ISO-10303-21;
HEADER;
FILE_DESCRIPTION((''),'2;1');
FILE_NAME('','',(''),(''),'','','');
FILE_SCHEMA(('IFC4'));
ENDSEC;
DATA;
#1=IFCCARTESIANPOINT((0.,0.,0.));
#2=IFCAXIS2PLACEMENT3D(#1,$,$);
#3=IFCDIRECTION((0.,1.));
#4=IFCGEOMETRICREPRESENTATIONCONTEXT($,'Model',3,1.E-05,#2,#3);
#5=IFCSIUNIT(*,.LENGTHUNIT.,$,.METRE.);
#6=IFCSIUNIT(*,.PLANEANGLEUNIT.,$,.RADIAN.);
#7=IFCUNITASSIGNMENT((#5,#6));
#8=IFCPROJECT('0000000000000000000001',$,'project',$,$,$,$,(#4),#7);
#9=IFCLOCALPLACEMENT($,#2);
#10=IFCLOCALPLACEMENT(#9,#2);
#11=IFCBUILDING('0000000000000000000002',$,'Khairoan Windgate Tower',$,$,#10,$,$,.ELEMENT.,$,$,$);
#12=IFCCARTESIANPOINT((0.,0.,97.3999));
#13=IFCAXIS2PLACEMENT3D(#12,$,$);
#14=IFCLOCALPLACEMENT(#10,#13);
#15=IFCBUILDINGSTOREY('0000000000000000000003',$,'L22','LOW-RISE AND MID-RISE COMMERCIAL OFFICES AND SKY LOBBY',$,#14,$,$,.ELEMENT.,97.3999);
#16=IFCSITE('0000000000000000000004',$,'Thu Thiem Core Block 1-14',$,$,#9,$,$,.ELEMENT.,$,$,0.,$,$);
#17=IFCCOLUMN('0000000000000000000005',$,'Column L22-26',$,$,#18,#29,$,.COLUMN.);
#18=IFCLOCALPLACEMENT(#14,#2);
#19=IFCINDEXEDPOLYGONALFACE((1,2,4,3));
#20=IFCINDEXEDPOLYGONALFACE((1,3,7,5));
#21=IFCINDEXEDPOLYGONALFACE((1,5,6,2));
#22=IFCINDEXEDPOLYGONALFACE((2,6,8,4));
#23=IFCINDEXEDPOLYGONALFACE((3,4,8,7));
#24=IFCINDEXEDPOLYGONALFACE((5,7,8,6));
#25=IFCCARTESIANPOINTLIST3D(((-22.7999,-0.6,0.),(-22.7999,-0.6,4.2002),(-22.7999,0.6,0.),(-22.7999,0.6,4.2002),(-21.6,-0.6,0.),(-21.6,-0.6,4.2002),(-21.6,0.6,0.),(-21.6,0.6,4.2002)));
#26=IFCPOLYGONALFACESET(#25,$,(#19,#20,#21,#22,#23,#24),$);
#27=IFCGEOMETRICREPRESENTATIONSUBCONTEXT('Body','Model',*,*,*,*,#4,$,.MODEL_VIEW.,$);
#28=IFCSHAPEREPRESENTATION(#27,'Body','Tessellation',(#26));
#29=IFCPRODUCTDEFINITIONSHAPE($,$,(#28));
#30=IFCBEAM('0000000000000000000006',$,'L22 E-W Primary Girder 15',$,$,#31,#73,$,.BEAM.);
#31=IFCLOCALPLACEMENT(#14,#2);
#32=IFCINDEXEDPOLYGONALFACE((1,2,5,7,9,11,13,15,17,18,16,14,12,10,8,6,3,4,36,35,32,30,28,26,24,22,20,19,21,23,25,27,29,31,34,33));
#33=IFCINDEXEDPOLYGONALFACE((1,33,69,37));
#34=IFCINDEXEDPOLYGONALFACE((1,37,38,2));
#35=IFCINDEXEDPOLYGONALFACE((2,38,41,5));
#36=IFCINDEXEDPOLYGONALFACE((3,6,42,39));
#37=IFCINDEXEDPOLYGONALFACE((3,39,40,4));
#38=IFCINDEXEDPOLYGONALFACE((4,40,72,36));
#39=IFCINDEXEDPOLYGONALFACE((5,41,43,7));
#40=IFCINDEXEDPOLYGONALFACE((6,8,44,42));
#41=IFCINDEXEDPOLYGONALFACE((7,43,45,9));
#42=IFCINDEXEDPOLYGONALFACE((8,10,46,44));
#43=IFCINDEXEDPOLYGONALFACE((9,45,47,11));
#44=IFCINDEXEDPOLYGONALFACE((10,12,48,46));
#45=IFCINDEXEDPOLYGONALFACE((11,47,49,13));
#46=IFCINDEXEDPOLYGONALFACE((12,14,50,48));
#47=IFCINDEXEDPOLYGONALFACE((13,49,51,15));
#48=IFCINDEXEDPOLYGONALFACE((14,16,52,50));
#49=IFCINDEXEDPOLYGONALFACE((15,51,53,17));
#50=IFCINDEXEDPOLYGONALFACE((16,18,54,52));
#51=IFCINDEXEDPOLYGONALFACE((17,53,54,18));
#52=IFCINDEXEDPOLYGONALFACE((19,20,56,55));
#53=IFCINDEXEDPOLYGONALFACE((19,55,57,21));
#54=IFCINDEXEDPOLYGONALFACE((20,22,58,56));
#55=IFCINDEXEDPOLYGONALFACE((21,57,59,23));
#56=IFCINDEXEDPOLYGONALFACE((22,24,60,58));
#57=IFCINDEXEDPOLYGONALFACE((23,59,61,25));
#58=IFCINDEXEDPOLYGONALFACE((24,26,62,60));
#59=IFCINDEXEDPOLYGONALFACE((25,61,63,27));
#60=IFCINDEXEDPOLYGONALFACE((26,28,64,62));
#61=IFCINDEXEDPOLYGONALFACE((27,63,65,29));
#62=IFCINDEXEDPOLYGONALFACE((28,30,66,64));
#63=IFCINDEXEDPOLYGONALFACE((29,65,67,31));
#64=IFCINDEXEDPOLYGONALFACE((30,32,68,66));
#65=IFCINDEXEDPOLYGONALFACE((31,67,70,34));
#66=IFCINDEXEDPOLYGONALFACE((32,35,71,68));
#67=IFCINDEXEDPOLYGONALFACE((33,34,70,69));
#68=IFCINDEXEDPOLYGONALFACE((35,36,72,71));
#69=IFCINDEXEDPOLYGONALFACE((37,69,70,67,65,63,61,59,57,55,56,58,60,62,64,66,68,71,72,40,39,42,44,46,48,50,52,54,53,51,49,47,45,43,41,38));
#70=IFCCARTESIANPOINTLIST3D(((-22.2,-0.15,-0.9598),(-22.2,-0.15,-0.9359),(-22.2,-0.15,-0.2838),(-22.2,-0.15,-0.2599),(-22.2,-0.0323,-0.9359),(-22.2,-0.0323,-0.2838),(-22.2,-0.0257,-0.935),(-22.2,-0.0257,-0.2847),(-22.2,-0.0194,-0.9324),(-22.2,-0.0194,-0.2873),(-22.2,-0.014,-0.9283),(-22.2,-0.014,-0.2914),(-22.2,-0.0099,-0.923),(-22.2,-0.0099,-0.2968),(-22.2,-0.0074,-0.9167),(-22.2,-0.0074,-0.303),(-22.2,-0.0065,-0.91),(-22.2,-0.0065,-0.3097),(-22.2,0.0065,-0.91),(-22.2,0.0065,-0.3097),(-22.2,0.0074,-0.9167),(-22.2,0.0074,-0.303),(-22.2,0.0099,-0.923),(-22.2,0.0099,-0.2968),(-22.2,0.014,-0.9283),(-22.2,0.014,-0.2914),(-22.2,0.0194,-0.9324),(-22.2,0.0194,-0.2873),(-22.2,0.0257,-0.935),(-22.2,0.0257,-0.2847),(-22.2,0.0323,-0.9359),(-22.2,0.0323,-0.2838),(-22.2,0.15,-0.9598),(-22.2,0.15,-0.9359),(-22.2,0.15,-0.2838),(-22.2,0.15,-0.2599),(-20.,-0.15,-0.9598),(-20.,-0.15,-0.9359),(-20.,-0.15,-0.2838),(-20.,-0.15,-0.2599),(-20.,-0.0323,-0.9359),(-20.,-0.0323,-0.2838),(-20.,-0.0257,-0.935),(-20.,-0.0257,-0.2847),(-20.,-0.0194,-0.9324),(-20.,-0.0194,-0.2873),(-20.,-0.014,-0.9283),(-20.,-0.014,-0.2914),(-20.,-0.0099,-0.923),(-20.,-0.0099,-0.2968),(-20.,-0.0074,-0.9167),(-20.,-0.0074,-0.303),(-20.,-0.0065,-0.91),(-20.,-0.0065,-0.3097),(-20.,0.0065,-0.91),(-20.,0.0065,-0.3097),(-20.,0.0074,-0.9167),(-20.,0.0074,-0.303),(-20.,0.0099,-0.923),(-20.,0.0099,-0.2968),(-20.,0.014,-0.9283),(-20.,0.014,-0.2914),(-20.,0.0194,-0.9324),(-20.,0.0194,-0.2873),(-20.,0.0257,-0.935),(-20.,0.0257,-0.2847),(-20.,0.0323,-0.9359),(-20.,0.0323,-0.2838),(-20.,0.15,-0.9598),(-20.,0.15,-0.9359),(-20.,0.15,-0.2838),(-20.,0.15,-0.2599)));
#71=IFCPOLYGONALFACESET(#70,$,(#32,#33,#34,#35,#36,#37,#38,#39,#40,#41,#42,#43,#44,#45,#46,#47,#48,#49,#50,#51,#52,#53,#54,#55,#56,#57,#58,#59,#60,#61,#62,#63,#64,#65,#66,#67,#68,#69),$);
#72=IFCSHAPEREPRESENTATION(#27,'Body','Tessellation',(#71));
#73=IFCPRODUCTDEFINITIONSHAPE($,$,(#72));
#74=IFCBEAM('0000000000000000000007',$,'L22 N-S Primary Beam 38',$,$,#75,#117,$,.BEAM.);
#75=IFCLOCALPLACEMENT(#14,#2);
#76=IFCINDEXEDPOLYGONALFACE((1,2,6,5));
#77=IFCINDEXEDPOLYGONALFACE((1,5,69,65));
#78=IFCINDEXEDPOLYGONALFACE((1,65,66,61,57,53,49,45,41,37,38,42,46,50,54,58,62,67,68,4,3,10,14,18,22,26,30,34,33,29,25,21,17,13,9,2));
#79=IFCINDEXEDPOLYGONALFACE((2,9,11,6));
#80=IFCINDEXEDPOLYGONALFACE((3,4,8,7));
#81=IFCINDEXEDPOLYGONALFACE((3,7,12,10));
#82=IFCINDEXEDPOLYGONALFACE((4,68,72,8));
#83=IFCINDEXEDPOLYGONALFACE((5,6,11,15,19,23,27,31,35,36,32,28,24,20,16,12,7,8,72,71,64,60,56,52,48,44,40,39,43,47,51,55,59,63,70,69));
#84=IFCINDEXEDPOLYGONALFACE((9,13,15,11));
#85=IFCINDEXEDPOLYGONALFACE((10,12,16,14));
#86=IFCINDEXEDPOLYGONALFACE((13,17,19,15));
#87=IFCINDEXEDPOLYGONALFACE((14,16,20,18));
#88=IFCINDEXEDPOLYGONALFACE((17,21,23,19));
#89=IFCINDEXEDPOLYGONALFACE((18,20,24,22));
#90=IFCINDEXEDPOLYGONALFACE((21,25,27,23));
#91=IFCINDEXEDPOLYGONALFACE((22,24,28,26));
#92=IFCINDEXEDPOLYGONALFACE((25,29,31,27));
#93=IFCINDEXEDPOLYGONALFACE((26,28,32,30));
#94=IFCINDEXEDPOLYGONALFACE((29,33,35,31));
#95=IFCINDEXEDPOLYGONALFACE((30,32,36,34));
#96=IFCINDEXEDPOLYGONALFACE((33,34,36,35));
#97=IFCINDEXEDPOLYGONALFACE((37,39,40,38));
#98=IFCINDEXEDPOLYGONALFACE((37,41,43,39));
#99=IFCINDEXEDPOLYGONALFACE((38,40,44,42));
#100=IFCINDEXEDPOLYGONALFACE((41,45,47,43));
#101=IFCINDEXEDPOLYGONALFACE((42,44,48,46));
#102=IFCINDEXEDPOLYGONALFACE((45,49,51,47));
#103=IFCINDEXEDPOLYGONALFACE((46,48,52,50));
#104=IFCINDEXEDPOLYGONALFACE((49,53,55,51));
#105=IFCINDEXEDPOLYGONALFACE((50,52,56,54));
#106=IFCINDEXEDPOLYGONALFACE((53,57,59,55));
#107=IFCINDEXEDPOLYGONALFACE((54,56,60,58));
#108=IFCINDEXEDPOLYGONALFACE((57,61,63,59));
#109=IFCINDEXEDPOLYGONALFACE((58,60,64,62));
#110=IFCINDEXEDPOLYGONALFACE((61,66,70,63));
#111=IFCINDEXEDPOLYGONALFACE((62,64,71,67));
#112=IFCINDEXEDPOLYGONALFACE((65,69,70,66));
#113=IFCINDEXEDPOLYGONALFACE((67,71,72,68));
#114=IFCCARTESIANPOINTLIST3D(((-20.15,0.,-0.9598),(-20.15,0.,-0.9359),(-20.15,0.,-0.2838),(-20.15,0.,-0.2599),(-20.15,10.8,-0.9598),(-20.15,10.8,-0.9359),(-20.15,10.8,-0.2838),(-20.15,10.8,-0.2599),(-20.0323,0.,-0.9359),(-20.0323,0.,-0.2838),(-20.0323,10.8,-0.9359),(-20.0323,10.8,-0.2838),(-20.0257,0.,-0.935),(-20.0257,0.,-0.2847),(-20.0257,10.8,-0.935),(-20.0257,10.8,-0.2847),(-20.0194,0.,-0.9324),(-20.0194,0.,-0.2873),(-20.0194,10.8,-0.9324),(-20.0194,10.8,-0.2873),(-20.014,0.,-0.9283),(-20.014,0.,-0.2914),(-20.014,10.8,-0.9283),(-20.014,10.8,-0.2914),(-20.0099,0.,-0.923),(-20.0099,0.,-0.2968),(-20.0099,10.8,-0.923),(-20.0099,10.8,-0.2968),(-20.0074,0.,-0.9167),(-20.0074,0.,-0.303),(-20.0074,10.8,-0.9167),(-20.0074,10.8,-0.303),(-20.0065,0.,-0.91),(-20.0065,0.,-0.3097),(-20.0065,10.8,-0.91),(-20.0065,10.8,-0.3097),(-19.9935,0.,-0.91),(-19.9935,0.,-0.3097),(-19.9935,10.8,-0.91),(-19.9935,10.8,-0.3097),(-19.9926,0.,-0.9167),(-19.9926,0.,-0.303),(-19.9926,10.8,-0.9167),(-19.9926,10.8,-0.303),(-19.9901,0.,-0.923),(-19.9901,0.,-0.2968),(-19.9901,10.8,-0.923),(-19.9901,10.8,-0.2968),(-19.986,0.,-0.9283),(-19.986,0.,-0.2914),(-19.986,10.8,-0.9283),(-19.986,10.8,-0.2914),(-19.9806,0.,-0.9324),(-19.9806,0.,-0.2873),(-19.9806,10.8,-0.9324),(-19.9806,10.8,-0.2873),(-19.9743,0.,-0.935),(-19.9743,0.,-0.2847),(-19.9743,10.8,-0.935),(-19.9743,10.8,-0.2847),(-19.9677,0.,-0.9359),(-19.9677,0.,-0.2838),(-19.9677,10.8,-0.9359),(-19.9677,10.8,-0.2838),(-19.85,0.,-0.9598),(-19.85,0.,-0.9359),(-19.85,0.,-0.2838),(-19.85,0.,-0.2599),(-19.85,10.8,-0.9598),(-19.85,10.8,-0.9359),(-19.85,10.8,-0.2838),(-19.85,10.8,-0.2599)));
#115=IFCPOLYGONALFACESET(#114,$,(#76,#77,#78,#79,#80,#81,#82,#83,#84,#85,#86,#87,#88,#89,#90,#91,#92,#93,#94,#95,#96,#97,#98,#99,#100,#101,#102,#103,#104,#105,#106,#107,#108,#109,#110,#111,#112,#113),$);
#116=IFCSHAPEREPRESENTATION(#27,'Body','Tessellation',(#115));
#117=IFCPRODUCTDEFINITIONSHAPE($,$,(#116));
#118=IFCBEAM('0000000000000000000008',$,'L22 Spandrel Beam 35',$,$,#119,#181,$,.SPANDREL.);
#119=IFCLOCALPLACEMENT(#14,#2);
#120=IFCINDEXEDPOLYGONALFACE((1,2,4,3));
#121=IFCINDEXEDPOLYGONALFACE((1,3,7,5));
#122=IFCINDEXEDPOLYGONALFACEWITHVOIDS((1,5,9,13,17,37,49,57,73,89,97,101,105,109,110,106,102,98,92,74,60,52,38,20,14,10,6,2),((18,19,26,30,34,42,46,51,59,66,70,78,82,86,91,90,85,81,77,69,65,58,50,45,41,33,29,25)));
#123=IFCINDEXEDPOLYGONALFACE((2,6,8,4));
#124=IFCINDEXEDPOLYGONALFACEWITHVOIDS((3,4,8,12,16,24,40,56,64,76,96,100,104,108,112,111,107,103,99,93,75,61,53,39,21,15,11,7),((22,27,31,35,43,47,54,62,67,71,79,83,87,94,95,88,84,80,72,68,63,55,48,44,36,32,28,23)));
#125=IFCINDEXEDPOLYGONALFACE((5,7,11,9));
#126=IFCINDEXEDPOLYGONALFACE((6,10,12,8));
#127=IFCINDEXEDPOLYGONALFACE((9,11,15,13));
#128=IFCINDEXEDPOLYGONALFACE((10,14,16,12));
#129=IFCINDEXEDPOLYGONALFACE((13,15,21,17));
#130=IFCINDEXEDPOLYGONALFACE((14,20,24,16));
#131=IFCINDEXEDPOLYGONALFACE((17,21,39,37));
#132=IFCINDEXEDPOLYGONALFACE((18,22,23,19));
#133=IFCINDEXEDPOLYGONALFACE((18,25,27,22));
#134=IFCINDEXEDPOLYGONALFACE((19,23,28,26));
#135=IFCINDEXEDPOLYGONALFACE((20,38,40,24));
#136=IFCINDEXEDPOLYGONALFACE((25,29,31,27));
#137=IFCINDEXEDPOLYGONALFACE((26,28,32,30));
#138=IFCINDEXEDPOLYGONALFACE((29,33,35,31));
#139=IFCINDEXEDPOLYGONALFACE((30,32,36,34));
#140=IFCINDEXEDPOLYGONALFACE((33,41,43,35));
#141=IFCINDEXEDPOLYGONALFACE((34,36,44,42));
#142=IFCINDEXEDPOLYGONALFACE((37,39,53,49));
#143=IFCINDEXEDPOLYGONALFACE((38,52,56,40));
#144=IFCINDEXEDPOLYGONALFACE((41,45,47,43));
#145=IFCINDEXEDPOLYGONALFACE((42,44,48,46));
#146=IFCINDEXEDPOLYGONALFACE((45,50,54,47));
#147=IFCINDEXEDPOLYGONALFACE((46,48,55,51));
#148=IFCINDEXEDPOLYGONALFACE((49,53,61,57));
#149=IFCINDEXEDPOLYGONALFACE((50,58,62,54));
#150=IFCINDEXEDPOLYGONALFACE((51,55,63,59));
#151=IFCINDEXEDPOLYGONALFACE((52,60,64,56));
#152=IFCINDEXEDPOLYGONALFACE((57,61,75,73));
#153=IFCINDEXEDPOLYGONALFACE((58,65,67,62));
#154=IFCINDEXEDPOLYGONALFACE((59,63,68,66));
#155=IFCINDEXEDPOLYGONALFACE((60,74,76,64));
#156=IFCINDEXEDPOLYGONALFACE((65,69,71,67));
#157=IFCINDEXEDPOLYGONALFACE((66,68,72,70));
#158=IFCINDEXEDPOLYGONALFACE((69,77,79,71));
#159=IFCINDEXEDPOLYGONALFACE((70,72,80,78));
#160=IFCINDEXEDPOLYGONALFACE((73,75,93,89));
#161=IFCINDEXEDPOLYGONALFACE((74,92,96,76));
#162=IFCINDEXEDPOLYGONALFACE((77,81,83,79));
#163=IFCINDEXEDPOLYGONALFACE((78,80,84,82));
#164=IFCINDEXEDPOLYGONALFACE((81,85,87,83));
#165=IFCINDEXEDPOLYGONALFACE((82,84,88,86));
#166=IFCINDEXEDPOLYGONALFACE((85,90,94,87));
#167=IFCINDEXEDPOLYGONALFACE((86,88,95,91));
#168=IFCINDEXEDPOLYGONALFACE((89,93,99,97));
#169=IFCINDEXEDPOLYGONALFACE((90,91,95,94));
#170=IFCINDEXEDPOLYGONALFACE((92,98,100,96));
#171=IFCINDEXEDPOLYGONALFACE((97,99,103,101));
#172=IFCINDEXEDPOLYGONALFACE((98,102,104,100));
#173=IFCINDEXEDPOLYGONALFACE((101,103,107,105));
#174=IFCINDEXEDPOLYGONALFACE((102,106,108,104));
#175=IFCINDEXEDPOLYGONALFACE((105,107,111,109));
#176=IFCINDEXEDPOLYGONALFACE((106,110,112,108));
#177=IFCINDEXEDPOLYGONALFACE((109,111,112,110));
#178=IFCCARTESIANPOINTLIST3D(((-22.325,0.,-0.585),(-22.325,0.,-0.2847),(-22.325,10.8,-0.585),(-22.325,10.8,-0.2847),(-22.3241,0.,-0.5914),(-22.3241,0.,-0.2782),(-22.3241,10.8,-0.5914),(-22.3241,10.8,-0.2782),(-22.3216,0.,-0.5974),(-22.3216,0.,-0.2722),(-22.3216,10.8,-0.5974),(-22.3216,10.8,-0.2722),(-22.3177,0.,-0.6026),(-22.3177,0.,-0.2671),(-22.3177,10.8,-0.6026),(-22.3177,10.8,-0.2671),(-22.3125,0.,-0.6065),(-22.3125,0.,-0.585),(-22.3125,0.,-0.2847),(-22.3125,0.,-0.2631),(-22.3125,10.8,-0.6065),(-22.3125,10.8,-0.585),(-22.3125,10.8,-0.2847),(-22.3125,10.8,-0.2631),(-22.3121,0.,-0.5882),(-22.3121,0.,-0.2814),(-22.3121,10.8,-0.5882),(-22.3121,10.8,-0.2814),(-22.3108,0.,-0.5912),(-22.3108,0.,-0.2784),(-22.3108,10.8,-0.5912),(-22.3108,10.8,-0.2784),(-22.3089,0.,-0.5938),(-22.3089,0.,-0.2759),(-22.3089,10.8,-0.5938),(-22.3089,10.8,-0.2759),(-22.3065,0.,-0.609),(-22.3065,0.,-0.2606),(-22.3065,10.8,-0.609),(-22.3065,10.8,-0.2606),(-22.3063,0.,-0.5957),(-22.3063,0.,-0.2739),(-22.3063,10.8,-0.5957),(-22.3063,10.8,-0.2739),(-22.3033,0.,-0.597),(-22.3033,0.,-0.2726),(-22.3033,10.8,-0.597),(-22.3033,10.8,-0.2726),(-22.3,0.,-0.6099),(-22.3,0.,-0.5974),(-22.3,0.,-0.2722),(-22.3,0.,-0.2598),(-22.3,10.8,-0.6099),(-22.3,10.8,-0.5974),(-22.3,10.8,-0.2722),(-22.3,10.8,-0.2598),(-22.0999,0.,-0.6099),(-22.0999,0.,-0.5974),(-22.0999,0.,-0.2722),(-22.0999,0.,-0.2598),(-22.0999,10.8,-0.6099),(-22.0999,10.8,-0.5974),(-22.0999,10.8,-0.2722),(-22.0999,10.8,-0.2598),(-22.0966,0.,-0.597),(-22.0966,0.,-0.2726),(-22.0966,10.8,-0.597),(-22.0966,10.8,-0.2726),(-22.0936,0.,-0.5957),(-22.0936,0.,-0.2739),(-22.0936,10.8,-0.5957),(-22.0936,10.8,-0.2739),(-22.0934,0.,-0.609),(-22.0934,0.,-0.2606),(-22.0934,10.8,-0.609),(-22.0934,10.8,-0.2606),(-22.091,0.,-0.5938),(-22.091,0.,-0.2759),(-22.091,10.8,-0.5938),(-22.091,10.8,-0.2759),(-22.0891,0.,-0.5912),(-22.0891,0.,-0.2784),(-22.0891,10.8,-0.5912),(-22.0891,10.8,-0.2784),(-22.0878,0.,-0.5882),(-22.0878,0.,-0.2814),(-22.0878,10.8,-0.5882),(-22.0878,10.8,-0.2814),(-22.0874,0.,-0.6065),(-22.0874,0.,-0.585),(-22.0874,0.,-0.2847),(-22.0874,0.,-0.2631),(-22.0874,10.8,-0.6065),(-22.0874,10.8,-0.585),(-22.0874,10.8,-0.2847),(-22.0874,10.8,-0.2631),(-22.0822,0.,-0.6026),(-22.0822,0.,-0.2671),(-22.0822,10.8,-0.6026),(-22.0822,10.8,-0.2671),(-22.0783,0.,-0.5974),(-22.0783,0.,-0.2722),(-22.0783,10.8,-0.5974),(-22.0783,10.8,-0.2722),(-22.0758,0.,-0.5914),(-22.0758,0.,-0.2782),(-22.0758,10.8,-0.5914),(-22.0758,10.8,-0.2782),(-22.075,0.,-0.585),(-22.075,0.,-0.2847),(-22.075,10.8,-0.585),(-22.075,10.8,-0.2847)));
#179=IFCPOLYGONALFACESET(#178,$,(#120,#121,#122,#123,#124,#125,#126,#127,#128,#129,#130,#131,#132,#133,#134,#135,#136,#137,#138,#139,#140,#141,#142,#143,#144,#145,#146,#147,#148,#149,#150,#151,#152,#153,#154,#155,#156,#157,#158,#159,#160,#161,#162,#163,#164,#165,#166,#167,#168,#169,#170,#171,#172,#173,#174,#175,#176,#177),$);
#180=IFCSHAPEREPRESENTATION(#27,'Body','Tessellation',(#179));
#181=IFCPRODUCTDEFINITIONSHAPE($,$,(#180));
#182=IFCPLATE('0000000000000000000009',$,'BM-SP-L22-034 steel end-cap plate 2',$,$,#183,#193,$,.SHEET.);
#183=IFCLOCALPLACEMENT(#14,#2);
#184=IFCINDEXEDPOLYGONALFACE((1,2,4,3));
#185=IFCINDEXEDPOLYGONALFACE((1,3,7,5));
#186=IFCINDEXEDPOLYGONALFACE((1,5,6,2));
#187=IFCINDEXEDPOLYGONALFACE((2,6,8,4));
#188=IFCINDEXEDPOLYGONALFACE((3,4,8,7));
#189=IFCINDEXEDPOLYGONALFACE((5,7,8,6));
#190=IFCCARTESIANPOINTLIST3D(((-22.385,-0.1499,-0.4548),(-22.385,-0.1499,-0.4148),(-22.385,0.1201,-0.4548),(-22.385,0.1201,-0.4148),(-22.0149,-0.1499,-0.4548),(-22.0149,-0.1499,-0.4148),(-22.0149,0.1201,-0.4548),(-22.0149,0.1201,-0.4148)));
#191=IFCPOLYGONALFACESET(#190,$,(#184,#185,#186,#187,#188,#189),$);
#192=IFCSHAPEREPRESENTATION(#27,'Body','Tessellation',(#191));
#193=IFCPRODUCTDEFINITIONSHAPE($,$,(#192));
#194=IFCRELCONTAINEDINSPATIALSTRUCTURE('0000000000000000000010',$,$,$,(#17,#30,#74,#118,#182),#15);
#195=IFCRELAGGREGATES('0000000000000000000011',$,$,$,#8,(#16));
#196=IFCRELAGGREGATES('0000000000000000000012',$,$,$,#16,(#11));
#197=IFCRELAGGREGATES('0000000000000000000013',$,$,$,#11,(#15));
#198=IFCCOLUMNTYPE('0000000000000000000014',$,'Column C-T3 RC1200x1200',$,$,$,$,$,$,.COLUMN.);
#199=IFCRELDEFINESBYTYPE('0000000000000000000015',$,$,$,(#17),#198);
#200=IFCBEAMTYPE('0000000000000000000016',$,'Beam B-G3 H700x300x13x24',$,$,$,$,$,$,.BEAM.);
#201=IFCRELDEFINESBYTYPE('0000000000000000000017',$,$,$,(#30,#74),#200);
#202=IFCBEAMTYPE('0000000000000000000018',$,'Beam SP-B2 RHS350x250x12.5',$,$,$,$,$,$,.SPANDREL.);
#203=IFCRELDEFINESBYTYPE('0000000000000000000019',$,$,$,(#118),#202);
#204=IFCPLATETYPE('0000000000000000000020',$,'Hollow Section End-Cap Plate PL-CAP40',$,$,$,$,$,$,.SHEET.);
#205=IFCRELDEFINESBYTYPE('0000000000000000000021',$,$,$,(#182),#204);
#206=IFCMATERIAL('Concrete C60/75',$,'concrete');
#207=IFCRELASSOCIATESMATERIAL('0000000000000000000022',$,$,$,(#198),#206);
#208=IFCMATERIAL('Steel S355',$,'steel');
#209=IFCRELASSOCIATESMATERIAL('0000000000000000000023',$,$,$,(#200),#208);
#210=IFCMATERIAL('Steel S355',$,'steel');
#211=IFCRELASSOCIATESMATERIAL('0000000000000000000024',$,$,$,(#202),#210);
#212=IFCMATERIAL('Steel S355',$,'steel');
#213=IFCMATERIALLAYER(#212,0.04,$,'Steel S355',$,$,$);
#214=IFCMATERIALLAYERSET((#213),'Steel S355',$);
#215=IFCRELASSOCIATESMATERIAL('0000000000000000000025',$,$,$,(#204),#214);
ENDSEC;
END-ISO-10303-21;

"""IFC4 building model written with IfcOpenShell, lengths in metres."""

from ifc_helpers import new_model, si_unit, direction, frame, origin, origin_2d, place, context, subcontext, project, spatial, rectangle, hollow_rectangle, i_section, extrude, material, layer, layer_set, material_profile, profile_set, type_object, element, save


model = new_model("IFC4")

# Units and contexts
model_context = context("Model", 3, precision=1e-05, world=origin(), true_north=direction((0.0, 1.0)))
body_context = subcontext(model_context, "Body", "Model", "MODEL_VIEW")
ifc_project = project(units=[si_unit("LENGTHUNIT", "METRE"), si_unit("PLANEANGLEUNIT", "RADIAN")], contexts=[model_context])

# Site, building, storey
site_placement = place(None, origin())
site = spatial("IfcSite", under=ifc_project, at=site_placement, Name="Thu Thiem Core Block 1-14", CompositionType="ELEMENT", RefElevation=0.0)
building_placement = place(site_placement, origin())
building = spatial("IfcBuilding", under=site, at=building_placement, Name="Khairoan Windgate Tower", CompositionType="ELEMENT")
storey_placement = place(building_placement, frame((0.0, 0.0, 97.3999)))
storey = spatial("IfcBuildingStorey", under=building, at=storey_placement, Name="L22", Description="LOW-RISE AND MID-RISE COMMERCIAL OFFICES AND SKY LOBBY", CompositionType="ELEMENT", Elevation=97.3999)

# Column
ifc_material_1 = material(Name="Concrete C60/75", Category="concrete")
ifc_material_profile_1 = material_profile(ifc_material_1, rectangle(XDim=1.2, YDim=1.2, at=origin_2d()))
ifc_profile_set_1 = profile_set([ifc_material_profile_1], Name="Concrete C60/75")
column_type = type_object("IfcColumnType", Name="Column C-T3 RC1200x1200", PredefinedType="COLUMN", material=ifc_profile_set_1)
column_placement = place(storey_placement, frame((-22.2, 0.0, 0.0), z_axis=(0.0, 0.0, 1.0), x_axis=(1.0, 0.0, 0.0)))
element("IfcColumn", 1, at=column_placement, inside=storey, type_object=column_type, Name="Column L22-26", PredefinedType="COLUMN", context=body_context, shape_type="SweptSolid", body=[
    extrude(rectangle(XDim=1.2, YDim=1.2, at=origin_2d()), origin(), (0.0, 0.0, 1.0), 4.2002),
])

# Beams
ifc_material_2 = material(Name="Steel S355", Category="steel")
ifc_material_profile_2 = material_profile(ifc_material_2, i_section(OverallWidth=0.3, OverallDepth=0.7, WebThickness=0.0129, FlangeThickness=0.0239, FilletRadius=0.0259, at=origin_2d()))
ifc_profile_set_2 = profile_set([ifc_material_profile_2], Name="Steel S355")
beam_type_1 = type_object("IfcBeamType", Name="Beam B-G3 H700x300x13x24", PredefinedType="BEAM", material=ifc_profile_set_2)
beam_1_placement = place(storey_placement, frame((-22.2, 0.0, -0.6099), z_axis=(1.0, 0.0, 0.0), x_axis=(0.0, 1.0, 0.0)))
element("IfcBeam", 2, at=beam_1_placement, inside=storey, type_object=beam_type_1, Name="L22 E-W Primary Girder 15", PredefinedType="BEAM", context=body_context, shape_type="SweptSolid", body=[
    extrude(i_section(OverallWidth=0.3, OverallDepth=0.7, WebThickness=0.0129, FlangeThickness=0.0239, FilletRadius=0.0259, at=origin_2d()), origin(), (0.0, 0.0, 1.0), 2.2),
])
beam_2_placement = place(storey_placement, frame((-20.0, 0.0, -0.6099), z_axis=(0.0, 1.0, 0.0), x_axis=(-1.0, 0.0, 0.0)))
element("IfcBeam", 3, at=beam_2_placement, inside=storey, type_object=beam_type_1, Name="L22 N-S Primary Beam 38", PredefinedType="BEAM", context=body_context, shape_type="SweptSolid", body=[
    extrude(i_section(OverallWidth=0.3, OverallDepth=0.7, WebThickness=0.0129, FlangeThickness=0.0239, FilletRadius=0.0259, at=origin_2d()), origin(), (0.0, 0.0, 1.0), 10.8),
])
ifc_material_3 = material(Name="Steel S355", Category="steel")
ifc_material_profile_3 = material_profile(ifc_material_3, hollow_rectangle(XDim=0.25, YDim=0.3501, WallThickness=0.0125, InnerFilletRadius=0.0125, OuterFilletRadius=0.0249, at=origin_2d()))
ifc_profile_set_3 = profile_set([ifc_material_profile_3], Name="Steel S355")
beam_type_2 = type_object("IfcBeamType", Name="Beam SP-B2 RHS350x250x12.5", PredefinedType="SPANDREL", material=ifc_profile_set_3)
beam_3_placement = place(storey_placement, frame((-22.2, 0.0, -0.4348), z_axis=(0.0, 1.0, 0.0), x_axis=(-1.0, 0.0, 0.0)))
element("IfcBeam", 4, at=beam_3_placement, inside=storey, type_object=beam_type_2, Name="L22 Spandrel Beam 35", PredefinedType="SPANDREL", context=body_context, shape_type="SweptSolid", body=[
    extrude(hollow_rectangle(XDim=0.25, YDim=0.3501, WallThickness=0.0125, InnerFilletRadius=0.0125, OuterFilletRadius=0.0249, at=origin_2d()), origin(), (0.0, 0.0, 1.0), 10.8),
])

# Plate
ifc_material_4 = material(Name="Steel S355", Category="steel")
ifc_layer_1 = layer(ifc_material_4, 0.04, Name="Steel S355")
ifc_layer_set_1 = layer_set([ifc_layer_1], Name="Steel S355")
plate_type = type_object("IfcPlateType", Name="Hollow Section End-Cap Plate PL-CAP40", PredefinedType="SHEET", material=ifc_layer_set_1)
plate_placement = place(storey_placement, frame((-22.2, -0.0149, -0.4548), z_axis=(0.0, 0.0, 1.0), x_axis=(0.0, 1.0, 0.0)))
element("IfcPlate", 5, at=plate_placement, inside=storey, type_object=plate_type, Name="BM-SP-L22-034 steel end-cap plate 2", PredefinedType="SHEET", context=body_context, shape_type="SweptSolid", body=[
    extrude(rectangle(XDim=0.27, YDim=0.3701, at=origin_2d()), origin(), (0.0, 0.0, 1.0), 0.04),
])

save(model, "model.ifc")
